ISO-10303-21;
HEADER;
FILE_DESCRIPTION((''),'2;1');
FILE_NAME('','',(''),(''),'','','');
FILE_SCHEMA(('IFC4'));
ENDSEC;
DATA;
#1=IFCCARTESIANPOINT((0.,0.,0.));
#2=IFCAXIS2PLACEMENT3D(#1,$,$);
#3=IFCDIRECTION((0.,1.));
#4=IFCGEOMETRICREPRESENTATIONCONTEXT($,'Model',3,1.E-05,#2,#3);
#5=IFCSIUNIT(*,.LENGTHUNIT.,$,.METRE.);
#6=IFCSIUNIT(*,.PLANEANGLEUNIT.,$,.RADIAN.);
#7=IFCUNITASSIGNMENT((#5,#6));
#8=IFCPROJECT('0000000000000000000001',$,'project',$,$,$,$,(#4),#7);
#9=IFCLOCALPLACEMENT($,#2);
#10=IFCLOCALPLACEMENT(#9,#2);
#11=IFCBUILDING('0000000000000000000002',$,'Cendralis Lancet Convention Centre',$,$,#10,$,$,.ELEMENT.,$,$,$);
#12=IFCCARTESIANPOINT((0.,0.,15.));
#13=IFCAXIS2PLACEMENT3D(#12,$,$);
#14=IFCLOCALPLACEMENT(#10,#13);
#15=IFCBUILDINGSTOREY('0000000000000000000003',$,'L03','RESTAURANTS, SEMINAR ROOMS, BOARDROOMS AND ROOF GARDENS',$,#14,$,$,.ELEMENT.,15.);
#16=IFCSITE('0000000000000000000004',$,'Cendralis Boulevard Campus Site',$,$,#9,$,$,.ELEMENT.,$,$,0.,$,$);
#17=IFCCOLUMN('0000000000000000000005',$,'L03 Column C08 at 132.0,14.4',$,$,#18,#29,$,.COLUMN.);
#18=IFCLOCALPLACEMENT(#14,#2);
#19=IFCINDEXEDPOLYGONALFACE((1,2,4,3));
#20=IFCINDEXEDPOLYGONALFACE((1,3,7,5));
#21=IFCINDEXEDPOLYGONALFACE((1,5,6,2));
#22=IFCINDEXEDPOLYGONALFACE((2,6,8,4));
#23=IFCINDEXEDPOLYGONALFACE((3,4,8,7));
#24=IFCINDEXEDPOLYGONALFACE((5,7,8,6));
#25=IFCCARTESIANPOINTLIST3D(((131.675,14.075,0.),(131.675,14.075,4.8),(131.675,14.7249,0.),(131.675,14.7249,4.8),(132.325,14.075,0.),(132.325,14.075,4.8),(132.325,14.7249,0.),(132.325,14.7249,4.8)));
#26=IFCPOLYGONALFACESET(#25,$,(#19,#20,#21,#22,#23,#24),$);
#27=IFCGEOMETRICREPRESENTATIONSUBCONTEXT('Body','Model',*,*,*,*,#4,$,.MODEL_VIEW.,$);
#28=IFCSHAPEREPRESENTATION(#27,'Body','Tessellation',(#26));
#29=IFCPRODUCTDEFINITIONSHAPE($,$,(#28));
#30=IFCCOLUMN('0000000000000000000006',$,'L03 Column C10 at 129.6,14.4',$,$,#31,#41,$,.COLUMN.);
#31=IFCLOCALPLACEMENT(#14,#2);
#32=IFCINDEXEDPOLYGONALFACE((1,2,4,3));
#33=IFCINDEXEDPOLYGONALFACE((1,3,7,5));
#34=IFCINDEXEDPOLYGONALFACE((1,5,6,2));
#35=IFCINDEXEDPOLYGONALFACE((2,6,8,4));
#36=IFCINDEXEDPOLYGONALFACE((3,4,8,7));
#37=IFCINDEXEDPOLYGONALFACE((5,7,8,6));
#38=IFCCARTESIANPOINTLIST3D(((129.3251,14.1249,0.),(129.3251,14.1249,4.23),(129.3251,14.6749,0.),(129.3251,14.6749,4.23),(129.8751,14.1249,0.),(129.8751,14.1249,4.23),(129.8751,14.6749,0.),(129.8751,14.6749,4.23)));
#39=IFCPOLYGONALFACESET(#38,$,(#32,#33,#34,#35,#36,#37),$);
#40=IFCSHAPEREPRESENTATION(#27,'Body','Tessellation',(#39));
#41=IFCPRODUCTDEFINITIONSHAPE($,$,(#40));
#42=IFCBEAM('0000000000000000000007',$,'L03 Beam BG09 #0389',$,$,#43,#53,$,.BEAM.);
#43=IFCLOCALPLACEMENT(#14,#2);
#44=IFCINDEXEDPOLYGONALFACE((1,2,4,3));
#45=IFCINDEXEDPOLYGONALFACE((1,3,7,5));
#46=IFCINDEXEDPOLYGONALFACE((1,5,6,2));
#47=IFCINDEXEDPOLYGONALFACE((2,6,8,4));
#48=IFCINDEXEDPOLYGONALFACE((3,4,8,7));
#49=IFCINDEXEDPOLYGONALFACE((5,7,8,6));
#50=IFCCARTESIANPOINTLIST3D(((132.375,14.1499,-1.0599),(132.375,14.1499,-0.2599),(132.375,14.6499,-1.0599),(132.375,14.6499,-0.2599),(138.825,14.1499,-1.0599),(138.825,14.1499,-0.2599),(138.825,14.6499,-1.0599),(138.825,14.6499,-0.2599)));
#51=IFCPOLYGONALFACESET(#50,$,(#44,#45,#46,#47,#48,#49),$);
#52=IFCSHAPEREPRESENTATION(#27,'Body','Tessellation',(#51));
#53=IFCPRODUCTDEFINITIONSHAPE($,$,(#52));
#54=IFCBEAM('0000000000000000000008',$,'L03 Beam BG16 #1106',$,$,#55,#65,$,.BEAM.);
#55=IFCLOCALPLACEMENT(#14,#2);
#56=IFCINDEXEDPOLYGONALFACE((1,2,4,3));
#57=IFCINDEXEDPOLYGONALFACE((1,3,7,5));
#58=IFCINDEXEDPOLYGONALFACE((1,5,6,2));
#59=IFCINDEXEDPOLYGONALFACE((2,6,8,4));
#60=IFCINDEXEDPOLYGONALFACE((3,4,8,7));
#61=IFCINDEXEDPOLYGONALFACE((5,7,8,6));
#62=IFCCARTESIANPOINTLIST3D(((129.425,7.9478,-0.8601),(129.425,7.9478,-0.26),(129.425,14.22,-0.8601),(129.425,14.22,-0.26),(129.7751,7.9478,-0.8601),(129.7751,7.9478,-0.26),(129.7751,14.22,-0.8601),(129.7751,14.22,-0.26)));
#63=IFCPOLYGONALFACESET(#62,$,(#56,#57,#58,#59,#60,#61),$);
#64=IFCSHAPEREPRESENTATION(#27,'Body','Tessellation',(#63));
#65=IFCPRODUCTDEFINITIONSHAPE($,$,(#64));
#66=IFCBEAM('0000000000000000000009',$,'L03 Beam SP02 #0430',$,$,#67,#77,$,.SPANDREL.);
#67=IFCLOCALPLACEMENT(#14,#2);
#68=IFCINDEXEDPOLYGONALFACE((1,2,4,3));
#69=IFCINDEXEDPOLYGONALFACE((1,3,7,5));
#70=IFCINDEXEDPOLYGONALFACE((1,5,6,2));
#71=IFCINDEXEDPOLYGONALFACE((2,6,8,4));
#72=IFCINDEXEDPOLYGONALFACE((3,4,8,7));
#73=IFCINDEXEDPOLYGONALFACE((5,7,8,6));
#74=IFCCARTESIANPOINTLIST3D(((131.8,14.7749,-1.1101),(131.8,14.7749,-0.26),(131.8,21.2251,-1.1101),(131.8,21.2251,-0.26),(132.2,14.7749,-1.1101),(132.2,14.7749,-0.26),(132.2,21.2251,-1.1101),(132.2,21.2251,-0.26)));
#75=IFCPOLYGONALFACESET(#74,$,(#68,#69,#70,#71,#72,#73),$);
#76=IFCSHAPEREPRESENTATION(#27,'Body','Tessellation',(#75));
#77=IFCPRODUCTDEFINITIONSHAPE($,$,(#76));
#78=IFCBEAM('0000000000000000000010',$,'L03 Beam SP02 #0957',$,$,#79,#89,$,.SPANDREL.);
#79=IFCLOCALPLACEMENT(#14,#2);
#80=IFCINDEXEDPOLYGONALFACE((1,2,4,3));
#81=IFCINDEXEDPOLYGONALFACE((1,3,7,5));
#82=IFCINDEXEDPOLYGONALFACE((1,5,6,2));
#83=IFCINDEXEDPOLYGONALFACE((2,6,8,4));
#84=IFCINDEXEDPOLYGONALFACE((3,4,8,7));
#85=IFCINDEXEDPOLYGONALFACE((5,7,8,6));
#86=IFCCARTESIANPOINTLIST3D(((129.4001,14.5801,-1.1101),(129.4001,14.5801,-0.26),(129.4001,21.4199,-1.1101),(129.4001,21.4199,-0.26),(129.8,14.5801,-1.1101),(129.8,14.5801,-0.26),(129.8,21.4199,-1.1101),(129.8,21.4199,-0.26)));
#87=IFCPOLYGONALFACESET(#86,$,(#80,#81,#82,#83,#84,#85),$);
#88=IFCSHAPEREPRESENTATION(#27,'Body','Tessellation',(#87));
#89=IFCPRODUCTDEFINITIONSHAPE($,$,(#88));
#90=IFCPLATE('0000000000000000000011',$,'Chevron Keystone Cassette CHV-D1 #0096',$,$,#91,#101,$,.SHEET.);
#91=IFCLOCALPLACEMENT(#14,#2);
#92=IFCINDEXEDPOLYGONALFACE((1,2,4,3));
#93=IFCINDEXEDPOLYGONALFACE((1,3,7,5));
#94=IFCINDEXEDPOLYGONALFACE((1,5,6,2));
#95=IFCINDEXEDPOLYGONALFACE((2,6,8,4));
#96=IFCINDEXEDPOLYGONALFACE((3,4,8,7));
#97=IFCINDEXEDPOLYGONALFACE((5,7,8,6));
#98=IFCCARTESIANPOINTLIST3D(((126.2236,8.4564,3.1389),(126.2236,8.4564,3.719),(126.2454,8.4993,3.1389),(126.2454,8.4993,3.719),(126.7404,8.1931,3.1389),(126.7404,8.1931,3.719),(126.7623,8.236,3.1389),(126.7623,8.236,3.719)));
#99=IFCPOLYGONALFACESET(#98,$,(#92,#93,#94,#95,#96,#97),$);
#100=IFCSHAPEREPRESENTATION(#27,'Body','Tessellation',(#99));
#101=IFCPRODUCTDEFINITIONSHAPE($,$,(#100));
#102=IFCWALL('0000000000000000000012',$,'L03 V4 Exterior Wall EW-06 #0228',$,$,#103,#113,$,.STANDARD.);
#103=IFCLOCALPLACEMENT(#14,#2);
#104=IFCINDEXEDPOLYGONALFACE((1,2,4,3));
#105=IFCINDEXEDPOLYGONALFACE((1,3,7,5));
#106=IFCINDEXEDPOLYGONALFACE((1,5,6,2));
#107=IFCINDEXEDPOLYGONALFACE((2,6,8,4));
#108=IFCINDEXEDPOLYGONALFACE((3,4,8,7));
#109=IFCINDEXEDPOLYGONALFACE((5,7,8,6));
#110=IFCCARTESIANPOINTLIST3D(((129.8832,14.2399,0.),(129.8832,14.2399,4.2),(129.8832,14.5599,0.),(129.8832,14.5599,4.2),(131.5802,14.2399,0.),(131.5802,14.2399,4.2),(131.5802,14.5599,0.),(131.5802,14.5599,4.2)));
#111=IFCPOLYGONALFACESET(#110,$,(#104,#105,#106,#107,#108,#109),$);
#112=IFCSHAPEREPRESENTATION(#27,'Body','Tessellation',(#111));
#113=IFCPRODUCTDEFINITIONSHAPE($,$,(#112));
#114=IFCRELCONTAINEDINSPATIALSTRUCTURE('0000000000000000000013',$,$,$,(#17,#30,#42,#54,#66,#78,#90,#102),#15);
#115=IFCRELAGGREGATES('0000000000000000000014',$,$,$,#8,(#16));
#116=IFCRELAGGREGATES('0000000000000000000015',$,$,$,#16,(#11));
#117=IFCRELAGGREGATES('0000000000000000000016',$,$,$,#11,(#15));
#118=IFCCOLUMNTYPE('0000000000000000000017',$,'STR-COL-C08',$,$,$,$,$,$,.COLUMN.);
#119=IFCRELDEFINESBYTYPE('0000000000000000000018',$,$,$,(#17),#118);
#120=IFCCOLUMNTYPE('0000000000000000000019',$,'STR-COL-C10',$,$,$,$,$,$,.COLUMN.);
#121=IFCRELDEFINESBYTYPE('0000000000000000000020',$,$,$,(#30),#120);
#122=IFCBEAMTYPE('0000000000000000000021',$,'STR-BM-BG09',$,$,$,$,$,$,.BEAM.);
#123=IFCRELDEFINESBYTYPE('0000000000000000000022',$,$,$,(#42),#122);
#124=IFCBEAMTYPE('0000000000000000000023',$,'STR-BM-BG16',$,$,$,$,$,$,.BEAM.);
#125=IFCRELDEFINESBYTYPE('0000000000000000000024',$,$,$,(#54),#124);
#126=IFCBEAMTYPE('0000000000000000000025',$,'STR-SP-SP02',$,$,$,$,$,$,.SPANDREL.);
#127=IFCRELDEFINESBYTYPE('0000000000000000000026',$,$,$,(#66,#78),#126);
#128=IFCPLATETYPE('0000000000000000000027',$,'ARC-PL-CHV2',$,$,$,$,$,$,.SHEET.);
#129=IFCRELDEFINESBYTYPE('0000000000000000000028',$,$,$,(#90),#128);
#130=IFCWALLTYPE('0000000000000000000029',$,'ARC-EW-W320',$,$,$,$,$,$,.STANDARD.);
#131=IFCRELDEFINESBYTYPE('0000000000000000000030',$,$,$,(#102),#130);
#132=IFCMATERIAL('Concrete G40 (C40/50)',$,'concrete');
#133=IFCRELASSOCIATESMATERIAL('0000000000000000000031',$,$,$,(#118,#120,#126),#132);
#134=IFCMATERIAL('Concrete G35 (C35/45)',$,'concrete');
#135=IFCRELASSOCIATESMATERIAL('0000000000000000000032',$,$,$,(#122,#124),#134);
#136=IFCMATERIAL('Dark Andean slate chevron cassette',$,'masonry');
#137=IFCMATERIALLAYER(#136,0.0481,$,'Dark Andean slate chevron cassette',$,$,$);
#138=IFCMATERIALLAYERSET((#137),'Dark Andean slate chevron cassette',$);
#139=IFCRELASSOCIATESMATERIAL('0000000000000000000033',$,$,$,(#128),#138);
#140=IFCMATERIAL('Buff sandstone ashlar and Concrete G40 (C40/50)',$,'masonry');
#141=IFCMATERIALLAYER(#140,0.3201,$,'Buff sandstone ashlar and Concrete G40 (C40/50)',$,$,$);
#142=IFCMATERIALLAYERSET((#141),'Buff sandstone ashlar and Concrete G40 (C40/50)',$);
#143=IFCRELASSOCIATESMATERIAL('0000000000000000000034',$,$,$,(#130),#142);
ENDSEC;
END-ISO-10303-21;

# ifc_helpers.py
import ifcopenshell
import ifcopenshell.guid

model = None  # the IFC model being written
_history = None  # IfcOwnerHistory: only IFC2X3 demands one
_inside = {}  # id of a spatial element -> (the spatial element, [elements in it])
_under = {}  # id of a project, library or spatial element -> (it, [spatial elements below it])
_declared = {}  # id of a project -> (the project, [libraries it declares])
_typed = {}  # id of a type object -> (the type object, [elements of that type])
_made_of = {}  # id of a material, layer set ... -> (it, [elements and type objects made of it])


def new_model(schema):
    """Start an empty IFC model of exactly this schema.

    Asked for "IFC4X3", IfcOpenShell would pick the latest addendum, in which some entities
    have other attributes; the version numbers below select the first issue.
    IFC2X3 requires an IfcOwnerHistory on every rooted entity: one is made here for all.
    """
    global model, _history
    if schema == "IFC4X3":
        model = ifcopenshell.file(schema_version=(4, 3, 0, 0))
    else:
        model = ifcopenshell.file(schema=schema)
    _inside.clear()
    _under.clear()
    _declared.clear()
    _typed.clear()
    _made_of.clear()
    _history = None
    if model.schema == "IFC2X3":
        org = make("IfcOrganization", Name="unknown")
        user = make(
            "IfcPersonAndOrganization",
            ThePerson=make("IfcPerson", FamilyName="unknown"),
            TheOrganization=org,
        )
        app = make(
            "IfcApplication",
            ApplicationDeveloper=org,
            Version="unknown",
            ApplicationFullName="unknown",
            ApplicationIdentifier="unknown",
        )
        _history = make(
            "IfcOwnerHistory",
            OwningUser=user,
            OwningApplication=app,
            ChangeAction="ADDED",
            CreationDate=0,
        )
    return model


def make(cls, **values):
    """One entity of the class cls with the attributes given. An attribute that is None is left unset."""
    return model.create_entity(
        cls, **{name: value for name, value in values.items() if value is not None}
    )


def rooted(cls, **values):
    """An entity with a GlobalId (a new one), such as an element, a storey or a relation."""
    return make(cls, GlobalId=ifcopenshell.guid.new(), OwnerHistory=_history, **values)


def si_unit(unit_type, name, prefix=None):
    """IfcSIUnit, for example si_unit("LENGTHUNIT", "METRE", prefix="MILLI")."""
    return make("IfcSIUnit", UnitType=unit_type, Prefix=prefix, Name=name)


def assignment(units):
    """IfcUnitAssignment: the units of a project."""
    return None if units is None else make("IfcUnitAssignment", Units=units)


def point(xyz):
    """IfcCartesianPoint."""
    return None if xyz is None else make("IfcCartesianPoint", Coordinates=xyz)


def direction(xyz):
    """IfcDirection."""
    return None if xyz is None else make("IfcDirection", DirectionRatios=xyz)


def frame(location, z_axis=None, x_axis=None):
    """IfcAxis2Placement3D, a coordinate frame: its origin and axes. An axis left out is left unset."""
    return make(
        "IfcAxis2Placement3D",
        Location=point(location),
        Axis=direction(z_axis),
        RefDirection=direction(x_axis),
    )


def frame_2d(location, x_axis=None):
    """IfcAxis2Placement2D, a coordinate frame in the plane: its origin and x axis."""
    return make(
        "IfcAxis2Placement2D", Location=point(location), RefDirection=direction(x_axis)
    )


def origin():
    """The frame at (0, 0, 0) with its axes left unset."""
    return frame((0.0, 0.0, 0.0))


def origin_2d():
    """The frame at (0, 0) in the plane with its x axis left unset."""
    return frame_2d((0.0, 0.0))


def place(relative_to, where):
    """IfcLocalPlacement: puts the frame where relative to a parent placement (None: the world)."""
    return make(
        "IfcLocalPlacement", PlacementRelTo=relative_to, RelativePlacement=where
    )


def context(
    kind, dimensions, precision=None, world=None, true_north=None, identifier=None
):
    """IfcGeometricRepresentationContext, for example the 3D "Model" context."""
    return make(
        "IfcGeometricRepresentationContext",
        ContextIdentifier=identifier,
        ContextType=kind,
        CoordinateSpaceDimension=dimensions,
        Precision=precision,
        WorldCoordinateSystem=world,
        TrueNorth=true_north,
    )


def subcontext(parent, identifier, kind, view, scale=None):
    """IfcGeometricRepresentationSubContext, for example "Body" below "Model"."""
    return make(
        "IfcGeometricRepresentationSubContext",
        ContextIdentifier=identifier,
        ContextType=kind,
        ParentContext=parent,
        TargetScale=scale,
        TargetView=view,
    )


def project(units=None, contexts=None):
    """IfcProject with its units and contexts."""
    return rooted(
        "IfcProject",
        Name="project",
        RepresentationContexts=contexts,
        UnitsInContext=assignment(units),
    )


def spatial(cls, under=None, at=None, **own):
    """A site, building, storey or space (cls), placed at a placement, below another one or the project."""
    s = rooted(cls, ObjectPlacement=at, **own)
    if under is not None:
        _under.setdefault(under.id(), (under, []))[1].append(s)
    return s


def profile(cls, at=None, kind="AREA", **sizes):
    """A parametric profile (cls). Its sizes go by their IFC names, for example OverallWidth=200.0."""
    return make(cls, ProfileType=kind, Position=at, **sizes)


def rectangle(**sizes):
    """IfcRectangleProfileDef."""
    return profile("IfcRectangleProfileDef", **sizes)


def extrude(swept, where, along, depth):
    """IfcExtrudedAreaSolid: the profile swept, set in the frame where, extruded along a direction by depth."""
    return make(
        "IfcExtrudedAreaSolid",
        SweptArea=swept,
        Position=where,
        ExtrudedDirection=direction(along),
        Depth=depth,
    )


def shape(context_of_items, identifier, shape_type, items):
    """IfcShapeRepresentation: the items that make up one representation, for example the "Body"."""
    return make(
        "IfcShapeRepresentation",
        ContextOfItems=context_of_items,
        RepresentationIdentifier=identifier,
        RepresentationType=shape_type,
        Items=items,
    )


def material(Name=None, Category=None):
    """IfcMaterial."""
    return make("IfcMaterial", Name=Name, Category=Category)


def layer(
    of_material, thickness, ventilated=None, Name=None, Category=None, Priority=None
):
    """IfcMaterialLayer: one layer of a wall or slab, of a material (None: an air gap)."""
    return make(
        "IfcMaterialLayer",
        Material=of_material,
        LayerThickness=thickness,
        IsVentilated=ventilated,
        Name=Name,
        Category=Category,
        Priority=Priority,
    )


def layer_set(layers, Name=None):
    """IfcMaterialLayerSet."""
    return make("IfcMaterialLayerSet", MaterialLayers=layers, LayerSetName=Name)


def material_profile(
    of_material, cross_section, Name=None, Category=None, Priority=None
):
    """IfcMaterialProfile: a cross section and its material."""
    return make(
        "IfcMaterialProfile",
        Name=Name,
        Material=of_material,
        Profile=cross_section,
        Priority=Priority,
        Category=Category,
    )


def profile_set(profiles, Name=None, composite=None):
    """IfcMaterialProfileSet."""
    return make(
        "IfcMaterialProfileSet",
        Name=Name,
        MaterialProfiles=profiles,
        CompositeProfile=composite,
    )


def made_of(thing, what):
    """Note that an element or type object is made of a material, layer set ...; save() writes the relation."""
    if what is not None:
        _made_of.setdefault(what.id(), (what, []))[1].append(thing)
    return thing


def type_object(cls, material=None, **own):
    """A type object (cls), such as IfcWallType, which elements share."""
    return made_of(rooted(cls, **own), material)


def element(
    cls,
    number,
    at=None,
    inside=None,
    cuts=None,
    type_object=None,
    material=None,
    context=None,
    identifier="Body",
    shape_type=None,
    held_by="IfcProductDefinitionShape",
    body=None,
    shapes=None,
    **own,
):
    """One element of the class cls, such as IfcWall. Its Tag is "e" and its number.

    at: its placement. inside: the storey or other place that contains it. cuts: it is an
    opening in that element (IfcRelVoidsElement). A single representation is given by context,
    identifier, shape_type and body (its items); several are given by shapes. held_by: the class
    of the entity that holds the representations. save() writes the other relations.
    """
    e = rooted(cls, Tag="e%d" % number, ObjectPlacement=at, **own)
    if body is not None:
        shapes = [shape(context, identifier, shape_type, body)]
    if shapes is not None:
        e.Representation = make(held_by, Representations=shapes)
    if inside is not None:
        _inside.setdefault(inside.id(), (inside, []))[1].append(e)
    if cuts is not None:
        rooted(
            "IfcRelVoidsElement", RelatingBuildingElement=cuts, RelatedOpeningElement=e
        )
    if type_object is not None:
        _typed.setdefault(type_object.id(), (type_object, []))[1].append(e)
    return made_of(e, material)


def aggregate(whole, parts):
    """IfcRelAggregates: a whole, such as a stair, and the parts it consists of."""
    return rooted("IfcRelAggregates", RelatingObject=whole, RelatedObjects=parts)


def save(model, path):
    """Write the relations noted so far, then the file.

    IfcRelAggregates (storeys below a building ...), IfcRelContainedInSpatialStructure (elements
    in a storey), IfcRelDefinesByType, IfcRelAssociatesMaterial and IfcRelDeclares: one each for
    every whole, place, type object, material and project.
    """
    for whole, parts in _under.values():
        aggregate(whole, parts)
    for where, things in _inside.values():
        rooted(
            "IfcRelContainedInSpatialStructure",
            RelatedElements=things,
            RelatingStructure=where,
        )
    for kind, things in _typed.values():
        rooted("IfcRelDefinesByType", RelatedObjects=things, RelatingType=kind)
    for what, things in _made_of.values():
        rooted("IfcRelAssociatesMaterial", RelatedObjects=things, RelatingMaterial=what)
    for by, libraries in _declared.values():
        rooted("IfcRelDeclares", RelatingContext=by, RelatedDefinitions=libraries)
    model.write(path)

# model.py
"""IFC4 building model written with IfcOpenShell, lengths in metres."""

from ifc_helpers import new_model, si_unit, direction, frame, frame_2d, origin, origin_2d, place, context, subcontext, project, spatial, rectangle, extrude, material, layer, layer_set, material_profile, profile_set, type_object, element, save


model = new_model("IFC4")

# Units and contexts
model_context = context("Model", 3, precision=1e-05, world=origin(), true_north=direction((0.0, 1.0)))
body_context = subcontext(model_context, "Body", "Model", "MODEL_VIEW")
ifc_project = project(units=[si_unit("LENGTHUNIT", "METRE"), si_unit("PLANEANGLEUNIT", "RADIAN")], contexts=[model_context])

# Site, building, storey
site_placement = place(None, origin())
site = spatial("IfcSite", under=ifc_project, at=site_placement, Name="Cendralis Boulevard Campus Site", CompositionType="ELEMENT", RefElevation=0.0)
building_placement = place(site_placement, origin())
building = spatial("IfcBuilding", under=site, at=building_placement, Name="Cendralis Lancet Convention Centre", CompositionType="ELEMENT")
storey_placement = place(building_placement, frame((0.0, 0.0, 15.0)))
storey = spatial("IfcBuildingStorey", under=building, at=storey_placement, Name="L03", Description="RESTAURANTS, SEMINAR ROOMS, BOARDROOMS AND ROOF GARDENS", CompositionType="ELEMENT", Elevation=15.0)

# Columns
ifc_material_1 = material(Name="Concrete G40 (C40/50)", Category="concrete")
ifc_material_profile_1 = material_profile(ifc_material_1, rectangle(XDim=0.6499, YDim=0.6499, at=origin_2d()), Name="RC 650x650")
ifc_profile_set_1 = profile_set([ifc_material_profile_1], Name="Concrete G40 (C40/50)")
column_type_1 = type_object("IfcColumnType", Name="STR-COL-C08", PredefinedType="COLUMN", material=ifc_profile_set_1)
column_1_placement = place(storey_placement, frame((132.0, 14.3999, 0.0), z_axis=(0.0, 0.0, 1.0), x_axis=(1.0, 0.0, 0.0)))
element("IfcColumn", 1, at=column_1_placement, inside=storey, type_object=column_type_1, Name="L03 Column C08 at 132.0,14.4", PredefinedType="COLUMN", context=body_context, shape_type="SweptSolid", body=[
    extrude(rectangle(XDim=0.6499, YDim=0.6499, at=origin_2d()), origin(), (0.0, 0.0, 1.0), 4.8),
])
ifc_material_profile_2 = material_profile(ifc_material_1, rectangle(XDim=0.55, YDim=0.55, at=origin_2d()), Name="RC 550x550")
ifc_profile_set_2 = profile_set([ifc_material_profile_2], Name="Concrete G40 (C40/50)")
column_type_2 = type_object("IfcColumnType", Name="STR-COL-C10", PredefinedType="COLUMN", material=ifc_profile_set_2)
column_2_placement = place(storey_placement, frame((129.6001, 14.3999, 0.0), z_axis=(0.0, 0.0, 1.0), x_axis=(1.0, 0.0, 0.0)))
element("IfcColumn", 2, at=column_2_placement, inside=storey, type_object=column_type_2, Name="L03 Column C10 at 129.6,14.4", PredefinedType="COLUMN", context=body_context, shape_type="SweptSolid", body=[
    extrude(rectangle(XDim=0.55, YDim=0.55, at=origin_2d()), origin(), (0.0, 0.0, 1.0), 4.23),
])

# Beams
ifc_material_2 = material(Name="Concrete G35 (C35/45)", Category="concrete")
ifc_material_profile_3 = material_profile(ifc_material_2, rectangle(XDim=0.5, YDim=0.8, at=origin_2d()), Name="RCB 500x800")
ifc_profile_set_3 = profile_set([ifc_material_profile_3], Name="Concrete G35 (C35/45)")
beam_type_1 = type_object("IfcBeamType", Name="STR-BM-BG09", PredefinedType="BEAM", material=ifc_profile_set_3)
beam_1_placement = place(storey_placement, frame((132.375, 14.3999, -0.6599), z_axis=(1.0, 0.0, 0.0), x_axis=(0.0, 1.0, 0.0)))
element("IfcBeam", 3, at=beam_1_placement, inside=storey, type_object=beam_type_1, Name="L03 Beam BG09 #0389", PredefinedType="BEAM", context=body_context, shape_type="SweptSolid", body=[
    extrude(rectangle(XDim=0.5, YDim=0.8, at=origin_2d()), origin(), (0.0, 0.0, 1.0), 6.45),
])
ifc_material_profile_4 = material_profile(ifc_material_2, rectangle(XDim=0.3501, YDim=0.6001, at=origin_2d()), Name="RCB 350x600")
ifc_profile_set_4 = profile_set([ifc_material_profile_4], Name="Concrete G35 (C35/45)")
beam_type_2 = type_object("IfcBeamType", Name="STR-BM-BG16", PredefinedType="BEAM", material=ifc_profile_set_4)
beam_2_placement = place(storey_placement, frame((129.6001, 7.9478, -0.5601), z_axis=(0.0, 1.0, 0.0), x_axis=(-1.0, 0.0, 0.0)))
element("IfcBeam", 4, at=beam_2_placement, inside=storey, type_object=beam_type_2, Name="L03 Beam BG16 #1106", PredefinedType="BEAM", context=body_context, shape_type="SweptSolid", body=[
    extrude(rectangle(XDim=0.3501, YDim=0.6001, at=origin_2d()), origin(), (0.0, 0.0, 1.0), 6.2722),
])
ifc_material_profile_5 = material_profile(ifc_material_1, rectangle(XDim=0.3999, YDim=0.8501, at=origin_2d()), Name="RCB 400x850")
ifc_profile_set_5 = profile_set([ifc_material_profile_5], Name="Concrete G40 (C40/50)")
beam_type_3 = type_object("IfcBeamType", Name="STR-SP-SP02", PredefinedType="SPANDREL", material=ifc_profile_set_5)
beam_3_placement = place(storey_placement, frame((132.0, 14.7749, -0.6851), z_axis=(0.0, 1.0, 0.0), x_axis=(-1.0, 0.0, 0.0)))
element("IfcBeam", 5, at=beam_3_placement, inside=storey, type_object=beam_type_3, Name="L03 Beam SP02 #0430", PredefinedType="SPANDREL", context=body_context, shape_type="SweptSolid", body=[
    extrude(rectangle(XDim=0.3999, YDim=0.8501, at=origin_2d()), origin(), (0.0, 0.0, 1.0), 6.4502),
])
beam_4_placement = place(storey_placement, frame((129.6001, 14.5801, -0.6851), z_axis=(0.0, 1.0, 0.0), x_axis=(-1.0, 0.0, 0.0)))
element("IfcBeam", 6, at=beam_4_placement, inside=storey, type_object=beam_type_3, Name="L03 Beam SP02 #0957", PredefinedType="SPANDREL", context=body_context, shape_type="SweptSolid", body=[
    extrude(rectangle(XDim=0.3999, YDim=0.8501, at=origin_2d()), origin(), (0.0, 0.0, 1.0), 6.8398),
])

# Plate
ifc_material_3 = material(Name="Dark Andean slate chevron cassette", Category="masonry")
ifc_layer_1 = layer(ifc_material_3, 0.0481, Name="Dark Andean slate chevron cassette")
ifc_layer_set_1 = layer_set([ifc_layer_1], Name="Dark Andean slate chevron cassette")
plate_type = type_object("IfcPlateType", Name="ARC-PL-CHV2", PredefinedType="SHEET", material=ifc_layer_set_1)
plate_placement = place(storey_placement, frame((126.4929, 8.3462, 3.1389), z_axis=(0.0, 0.0, 1.0), x_axis=(0.891062, -0.453882, 0.0)))
element("IfcPlate", 7, at=plate_placement, inside=storey, type_object=plate_type, Name="Chevron Keystone Cassette CHV-D1 #0096", PredefinedType="SHEET", context=body_context, shape_type="SweptSolid", body=[
    extrude(rectangle(XDim=0.5801, YDim=0.0481, at=origin_2d()), origin(), (0.0, 0.0, 1.0), 0.5801),
])

# Wall
ifc_material_4 = material(Name="Buff sandstone ashlar and Concrete G40 (C40/50)", Category="masonry")
ifc_layer_2 = layer(ifc_material_4, 0.3201, Name="Buff sandstone ashlar and Concrete G40 (C40/50)")
ifc_layer_set_2 = layer_set([ifc_layer_2], Name="Buff sandstone ashlar and Concrete G40 (C40/50)")
wall_type_1 = type_object("IfcWallType", Name="ARC-EW-W320", PredefinedType="STANDARD", material=ifc_layer_set_2)
wall_1_placement = place(storey_placement, frame((129.8831, 14.3999, 0.0), z_axis=(0.0, 0.0, 1.0), x_axis=(1.0, 0.0, 0.0)))
element("IfcWall", 8, at=wall_1_placement, inside=storey, type_object=wall_type_1, Name="L03 V4 Exterior Wall EW-06 #0228", PredefinedType="STANDARD", context=body_context, shape_type="SweptSolid", body=[
    extrude(rectangle(XDim=1.697, YDim=0.3201, at=frame_2d((0.8486, 0.0))), origin(), (0.0, 0.0, 1.0), 4.2),
])

save(model, "model.ifc")
